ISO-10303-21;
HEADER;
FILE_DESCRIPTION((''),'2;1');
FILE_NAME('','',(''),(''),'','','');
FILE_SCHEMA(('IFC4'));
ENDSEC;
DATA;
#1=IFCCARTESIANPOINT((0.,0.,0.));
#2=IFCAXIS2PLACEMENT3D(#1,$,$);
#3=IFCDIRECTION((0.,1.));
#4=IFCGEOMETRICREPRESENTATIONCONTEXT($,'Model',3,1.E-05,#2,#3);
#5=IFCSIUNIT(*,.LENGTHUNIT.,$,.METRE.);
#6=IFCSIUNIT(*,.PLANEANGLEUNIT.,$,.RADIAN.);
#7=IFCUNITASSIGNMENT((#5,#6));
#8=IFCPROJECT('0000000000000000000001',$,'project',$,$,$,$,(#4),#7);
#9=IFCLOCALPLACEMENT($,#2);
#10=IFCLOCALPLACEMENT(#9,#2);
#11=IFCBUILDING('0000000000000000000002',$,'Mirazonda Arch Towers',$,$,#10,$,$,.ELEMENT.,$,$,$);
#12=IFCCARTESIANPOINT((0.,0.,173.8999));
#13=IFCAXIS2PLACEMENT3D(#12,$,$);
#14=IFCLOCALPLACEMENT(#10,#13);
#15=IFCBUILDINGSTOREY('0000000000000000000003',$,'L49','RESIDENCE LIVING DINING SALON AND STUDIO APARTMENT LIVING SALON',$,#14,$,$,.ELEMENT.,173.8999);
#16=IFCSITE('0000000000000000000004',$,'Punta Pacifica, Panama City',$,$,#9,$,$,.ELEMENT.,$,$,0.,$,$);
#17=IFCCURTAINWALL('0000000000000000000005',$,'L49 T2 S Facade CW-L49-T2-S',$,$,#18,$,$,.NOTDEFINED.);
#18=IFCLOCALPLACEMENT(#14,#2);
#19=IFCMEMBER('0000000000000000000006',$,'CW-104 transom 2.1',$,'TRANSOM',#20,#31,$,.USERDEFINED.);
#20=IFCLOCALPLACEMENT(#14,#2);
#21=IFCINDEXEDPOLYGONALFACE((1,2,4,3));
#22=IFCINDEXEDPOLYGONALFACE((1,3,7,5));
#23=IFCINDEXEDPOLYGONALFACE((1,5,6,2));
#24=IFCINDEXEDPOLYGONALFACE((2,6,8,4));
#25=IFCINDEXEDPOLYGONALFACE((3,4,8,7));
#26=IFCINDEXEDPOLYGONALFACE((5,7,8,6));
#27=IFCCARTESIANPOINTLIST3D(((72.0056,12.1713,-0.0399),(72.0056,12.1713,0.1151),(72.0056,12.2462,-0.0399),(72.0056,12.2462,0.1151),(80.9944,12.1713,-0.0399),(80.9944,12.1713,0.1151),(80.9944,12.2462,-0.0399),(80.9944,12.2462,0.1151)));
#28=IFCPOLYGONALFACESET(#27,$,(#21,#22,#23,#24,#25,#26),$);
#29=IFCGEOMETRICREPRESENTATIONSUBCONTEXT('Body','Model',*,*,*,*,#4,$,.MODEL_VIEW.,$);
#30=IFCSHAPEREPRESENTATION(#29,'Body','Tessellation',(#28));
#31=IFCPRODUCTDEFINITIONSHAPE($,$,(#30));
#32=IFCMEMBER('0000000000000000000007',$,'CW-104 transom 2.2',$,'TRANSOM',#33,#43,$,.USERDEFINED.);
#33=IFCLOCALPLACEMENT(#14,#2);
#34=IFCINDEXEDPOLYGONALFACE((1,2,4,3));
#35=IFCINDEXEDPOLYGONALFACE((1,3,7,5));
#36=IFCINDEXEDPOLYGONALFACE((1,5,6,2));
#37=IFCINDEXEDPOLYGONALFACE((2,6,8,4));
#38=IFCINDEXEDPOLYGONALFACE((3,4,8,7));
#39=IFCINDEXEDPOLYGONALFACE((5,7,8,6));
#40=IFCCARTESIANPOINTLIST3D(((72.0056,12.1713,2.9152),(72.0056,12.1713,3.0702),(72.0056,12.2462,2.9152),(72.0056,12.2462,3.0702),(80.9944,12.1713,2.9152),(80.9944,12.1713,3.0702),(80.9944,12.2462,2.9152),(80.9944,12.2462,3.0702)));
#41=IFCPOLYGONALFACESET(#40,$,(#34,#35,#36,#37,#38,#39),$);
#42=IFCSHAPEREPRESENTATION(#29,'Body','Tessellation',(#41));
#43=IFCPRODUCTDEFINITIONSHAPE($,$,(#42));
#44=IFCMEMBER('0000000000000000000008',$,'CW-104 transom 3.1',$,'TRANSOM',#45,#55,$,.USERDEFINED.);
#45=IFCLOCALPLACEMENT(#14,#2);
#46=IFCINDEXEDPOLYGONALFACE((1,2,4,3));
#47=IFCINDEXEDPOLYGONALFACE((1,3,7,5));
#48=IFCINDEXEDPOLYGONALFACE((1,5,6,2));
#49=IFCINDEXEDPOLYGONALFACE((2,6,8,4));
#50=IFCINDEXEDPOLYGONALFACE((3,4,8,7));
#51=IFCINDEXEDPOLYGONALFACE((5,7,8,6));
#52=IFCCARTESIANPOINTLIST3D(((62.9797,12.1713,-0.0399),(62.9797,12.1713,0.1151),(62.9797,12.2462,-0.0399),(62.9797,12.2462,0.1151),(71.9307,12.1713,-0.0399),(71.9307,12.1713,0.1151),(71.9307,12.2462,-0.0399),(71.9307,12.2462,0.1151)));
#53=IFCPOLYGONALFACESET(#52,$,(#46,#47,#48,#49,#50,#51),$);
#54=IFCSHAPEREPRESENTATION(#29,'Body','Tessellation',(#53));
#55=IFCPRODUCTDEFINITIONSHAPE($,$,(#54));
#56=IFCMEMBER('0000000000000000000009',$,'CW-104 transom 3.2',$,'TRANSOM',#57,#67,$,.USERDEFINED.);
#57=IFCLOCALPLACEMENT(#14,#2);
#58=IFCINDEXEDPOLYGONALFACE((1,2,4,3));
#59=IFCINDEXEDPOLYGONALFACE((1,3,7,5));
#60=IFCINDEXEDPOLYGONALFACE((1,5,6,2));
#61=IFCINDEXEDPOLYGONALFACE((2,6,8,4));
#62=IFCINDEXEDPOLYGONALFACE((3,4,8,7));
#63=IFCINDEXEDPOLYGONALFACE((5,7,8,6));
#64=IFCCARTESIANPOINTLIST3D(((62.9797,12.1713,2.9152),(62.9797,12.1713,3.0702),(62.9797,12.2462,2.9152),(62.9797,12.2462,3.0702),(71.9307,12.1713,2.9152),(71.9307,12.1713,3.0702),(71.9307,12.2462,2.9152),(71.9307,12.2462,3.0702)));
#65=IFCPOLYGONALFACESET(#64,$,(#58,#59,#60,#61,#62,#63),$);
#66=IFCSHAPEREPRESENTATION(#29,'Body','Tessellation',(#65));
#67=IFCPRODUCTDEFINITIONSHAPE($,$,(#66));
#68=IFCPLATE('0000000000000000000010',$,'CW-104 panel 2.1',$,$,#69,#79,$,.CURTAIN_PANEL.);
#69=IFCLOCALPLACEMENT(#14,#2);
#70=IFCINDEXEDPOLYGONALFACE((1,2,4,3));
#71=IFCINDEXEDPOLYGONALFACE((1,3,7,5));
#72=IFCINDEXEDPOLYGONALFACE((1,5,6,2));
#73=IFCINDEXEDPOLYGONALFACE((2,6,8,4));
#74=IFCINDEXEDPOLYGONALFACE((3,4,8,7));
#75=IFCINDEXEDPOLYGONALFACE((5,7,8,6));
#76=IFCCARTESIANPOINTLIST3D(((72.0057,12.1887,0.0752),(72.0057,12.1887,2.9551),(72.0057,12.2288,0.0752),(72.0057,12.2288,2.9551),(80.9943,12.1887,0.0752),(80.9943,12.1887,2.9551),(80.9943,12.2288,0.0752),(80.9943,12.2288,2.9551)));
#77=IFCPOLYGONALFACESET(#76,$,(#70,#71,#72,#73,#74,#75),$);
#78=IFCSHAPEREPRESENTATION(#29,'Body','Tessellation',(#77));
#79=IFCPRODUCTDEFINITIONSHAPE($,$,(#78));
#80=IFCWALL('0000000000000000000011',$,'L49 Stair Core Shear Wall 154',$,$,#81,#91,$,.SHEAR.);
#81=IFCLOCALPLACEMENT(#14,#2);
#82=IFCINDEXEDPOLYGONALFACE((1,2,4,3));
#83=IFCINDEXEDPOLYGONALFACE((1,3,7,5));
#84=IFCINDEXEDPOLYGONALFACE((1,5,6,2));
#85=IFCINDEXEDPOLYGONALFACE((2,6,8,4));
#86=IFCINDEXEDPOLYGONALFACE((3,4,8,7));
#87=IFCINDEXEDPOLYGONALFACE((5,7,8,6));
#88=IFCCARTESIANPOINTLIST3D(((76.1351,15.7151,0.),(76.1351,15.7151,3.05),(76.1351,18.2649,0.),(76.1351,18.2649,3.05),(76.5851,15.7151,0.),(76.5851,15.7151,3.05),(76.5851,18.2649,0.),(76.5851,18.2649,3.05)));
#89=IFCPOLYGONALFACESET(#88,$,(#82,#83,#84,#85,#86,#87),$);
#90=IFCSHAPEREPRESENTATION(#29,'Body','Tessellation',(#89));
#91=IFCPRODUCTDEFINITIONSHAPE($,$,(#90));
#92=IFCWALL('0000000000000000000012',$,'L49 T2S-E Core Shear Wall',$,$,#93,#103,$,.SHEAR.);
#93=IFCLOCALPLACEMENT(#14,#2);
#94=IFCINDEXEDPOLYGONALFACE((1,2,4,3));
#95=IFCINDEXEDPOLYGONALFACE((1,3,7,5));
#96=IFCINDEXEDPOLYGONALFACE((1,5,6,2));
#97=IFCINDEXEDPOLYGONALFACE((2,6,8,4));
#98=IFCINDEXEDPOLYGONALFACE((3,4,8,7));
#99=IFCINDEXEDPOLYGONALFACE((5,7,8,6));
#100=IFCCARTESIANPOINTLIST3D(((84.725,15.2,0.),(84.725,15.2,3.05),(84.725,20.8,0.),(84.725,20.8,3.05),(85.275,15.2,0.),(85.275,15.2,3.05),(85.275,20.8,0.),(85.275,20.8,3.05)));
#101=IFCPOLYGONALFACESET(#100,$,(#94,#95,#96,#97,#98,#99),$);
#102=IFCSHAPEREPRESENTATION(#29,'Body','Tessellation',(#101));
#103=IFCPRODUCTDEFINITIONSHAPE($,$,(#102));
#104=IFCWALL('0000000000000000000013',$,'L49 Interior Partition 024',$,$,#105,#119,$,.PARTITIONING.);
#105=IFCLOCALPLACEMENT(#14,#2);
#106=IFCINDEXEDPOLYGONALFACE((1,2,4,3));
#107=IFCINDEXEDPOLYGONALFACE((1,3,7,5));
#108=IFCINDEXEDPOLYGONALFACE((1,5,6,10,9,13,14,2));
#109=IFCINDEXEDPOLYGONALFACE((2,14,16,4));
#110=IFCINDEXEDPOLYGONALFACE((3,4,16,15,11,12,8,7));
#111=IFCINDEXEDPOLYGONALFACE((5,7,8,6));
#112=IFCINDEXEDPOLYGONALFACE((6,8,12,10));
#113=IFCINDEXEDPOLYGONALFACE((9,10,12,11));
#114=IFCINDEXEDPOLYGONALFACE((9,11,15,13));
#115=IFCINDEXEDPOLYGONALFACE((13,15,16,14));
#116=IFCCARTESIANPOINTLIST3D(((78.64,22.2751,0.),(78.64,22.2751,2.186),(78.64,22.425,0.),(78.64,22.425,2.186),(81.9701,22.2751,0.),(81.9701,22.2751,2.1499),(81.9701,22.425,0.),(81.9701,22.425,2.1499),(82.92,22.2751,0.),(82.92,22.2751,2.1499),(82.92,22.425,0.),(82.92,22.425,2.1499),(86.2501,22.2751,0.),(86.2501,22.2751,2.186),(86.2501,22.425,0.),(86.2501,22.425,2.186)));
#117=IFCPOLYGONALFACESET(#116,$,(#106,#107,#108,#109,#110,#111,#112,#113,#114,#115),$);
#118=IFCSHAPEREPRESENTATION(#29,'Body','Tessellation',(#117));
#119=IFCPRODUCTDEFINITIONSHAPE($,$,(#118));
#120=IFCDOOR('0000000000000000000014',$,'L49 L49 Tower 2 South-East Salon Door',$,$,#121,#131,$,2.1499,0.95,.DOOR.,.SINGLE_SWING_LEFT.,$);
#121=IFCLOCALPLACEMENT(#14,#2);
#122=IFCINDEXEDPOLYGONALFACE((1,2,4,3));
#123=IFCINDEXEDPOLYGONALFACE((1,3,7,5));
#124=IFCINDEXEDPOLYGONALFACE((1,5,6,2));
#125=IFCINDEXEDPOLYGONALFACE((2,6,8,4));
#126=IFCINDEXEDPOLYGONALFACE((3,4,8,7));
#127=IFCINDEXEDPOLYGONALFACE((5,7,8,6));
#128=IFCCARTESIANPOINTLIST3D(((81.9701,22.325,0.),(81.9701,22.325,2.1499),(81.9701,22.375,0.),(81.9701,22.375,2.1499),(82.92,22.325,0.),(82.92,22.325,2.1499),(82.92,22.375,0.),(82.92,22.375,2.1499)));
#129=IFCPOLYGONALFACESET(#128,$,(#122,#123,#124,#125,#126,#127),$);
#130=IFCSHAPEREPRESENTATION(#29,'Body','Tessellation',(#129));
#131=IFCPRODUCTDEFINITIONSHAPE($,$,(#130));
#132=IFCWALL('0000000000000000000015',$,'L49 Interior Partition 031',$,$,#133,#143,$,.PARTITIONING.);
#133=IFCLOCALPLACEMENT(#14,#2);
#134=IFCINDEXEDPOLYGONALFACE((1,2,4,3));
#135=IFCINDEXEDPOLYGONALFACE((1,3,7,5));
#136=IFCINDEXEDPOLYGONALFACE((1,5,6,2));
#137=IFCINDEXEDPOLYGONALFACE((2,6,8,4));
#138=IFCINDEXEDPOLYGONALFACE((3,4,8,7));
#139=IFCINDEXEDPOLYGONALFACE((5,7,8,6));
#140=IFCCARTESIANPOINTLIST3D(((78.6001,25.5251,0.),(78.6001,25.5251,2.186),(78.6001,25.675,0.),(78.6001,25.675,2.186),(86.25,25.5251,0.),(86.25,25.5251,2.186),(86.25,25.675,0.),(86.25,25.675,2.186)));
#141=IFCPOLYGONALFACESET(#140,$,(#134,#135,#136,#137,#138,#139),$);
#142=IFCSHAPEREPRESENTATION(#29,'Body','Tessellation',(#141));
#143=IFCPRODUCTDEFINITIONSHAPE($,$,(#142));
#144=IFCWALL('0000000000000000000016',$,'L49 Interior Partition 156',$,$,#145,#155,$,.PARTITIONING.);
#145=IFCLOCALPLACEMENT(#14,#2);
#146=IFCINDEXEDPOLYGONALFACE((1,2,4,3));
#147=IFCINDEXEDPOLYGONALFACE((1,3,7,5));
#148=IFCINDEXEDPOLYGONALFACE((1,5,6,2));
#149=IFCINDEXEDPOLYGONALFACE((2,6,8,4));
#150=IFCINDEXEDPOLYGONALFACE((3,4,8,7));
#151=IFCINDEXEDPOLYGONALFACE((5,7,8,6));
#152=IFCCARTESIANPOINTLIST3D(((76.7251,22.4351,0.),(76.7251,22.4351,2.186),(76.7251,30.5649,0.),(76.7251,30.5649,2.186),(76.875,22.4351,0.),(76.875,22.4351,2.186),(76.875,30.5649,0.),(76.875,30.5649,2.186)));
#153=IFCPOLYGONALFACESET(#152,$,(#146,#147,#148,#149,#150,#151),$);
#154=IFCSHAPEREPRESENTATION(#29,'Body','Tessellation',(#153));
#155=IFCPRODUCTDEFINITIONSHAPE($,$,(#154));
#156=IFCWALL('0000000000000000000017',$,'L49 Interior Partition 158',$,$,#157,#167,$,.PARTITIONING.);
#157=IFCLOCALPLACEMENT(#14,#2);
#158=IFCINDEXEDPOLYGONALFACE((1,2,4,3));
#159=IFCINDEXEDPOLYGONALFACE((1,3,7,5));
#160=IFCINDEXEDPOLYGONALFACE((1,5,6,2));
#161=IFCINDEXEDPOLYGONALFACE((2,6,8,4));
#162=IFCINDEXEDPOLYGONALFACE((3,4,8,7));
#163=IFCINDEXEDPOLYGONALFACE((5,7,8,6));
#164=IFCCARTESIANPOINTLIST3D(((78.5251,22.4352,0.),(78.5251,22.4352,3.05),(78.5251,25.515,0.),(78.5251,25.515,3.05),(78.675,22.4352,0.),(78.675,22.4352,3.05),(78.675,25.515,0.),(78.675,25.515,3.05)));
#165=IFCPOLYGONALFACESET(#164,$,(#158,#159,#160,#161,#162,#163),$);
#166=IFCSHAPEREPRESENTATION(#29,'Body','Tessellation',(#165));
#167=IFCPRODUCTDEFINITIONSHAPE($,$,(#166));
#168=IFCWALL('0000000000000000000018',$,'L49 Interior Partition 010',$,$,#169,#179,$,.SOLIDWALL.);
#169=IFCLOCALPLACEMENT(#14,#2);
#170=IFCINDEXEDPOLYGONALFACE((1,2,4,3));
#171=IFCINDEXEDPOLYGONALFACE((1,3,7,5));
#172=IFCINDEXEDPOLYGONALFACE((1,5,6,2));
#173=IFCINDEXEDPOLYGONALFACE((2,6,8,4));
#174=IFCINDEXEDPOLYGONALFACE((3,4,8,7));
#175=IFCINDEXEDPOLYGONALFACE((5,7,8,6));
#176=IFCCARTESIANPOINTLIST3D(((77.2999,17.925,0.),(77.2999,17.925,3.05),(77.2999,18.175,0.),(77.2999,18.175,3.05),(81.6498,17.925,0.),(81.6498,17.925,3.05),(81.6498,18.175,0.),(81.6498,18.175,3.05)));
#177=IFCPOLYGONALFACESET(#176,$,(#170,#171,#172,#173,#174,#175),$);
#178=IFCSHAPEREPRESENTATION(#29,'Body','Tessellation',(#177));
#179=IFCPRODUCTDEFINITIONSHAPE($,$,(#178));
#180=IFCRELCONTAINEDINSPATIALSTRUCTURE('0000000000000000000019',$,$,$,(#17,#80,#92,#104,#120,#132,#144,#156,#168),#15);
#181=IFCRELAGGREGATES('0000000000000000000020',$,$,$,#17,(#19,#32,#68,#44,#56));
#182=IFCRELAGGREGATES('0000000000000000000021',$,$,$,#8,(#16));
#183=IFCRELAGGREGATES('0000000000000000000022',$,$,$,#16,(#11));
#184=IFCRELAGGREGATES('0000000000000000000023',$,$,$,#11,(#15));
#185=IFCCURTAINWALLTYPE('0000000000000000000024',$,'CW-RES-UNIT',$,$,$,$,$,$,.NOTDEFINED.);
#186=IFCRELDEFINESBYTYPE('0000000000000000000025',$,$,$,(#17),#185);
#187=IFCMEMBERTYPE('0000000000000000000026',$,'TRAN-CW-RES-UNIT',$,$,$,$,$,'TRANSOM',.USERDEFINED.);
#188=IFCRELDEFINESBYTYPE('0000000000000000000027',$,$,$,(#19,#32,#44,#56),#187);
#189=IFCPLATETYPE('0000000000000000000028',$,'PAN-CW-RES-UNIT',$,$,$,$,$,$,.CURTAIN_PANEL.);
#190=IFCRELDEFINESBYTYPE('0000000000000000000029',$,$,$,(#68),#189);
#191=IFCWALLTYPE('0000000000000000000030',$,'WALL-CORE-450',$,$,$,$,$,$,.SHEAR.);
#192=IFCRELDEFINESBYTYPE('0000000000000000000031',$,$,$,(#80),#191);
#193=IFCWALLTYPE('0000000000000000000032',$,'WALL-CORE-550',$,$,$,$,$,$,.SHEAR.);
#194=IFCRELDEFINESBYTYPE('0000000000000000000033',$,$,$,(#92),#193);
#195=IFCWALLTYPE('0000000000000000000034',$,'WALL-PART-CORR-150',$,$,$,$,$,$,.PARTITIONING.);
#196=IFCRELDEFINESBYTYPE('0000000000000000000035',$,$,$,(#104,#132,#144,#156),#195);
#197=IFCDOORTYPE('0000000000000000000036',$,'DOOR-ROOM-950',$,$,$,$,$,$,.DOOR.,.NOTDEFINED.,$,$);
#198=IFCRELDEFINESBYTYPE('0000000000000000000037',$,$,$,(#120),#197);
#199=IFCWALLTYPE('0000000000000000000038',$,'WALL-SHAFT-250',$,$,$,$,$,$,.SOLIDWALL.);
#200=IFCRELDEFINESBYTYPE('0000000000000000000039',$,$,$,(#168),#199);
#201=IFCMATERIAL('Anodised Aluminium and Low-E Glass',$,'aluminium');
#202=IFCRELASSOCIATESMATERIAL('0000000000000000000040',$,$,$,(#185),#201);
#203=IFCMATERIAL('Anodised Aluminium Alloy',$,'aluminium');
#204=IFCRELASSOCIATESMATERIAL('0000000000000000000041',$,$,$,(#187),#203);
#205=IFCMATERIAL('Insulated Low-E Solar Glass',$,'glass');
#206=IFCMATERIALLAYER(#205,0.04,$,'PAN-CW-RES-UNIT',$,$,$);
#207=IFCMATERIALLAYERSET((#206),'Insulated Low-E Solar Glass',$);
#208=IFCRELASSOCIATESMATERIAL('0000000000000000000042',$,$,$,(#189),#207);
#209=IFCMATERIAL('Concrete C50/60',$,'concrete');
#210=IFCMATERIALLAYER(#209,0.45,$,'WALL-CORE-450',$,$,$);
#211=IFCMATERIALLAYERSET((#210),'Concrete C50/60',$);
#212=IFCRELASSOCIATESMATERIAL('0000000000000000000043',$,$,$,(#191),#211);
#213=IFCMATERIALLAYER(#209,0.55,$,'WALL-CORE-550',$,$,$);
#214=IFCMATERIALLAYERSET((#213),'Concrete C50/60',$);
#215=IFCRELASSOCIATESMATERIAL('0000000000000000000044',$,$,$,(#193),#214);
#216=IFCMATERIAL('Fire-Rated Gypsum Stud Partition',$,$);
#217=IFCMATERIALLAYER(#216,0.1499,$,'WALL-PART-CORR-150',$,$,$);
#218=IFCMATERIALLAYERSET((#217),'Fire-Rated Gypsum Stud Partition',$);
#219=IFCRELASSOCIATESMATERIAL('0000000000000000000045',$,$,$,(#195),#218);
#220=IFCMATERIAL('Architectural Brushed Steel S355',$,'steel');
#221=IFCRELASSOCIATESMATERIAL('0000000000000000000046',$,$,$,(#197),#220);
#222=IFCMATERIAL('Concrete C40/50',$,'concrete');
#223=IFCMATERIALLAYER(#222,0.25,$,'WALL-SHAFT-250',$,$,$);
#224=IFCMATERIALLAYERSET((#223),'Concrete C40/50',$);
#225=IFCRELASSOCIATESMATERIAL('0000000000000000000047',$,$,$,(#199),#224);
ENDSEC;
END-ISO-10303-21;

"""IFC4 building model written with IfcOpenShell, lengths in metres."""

from ifc_helpers import new_model, si_unit, direction, frame, frame_2d, origin, origin_2d, place, context, subcontext, project, spatial, rectangle, extrude, material, layer, layer_set, material_profile, profile_set, type_object, element, fill, aggregate, save


model = new_model("IFC4")

# Units and contexts
model_context = context("Model", 3, precision=1e-05, world=origin(), true_north=direction((0.0, 1.0)))
body_context = subcontext(model_context, "Body", "Model", "MODEL_VIEW")
ifc_project = project(units=[si_unit("LENGTHUNIT", "METRE"), si_unit("PLANEANGLEUNIT", "RADIAN")], contexts=[model_context])

# Site, building, storey
site_placement = place(None, origin())
site = spatial("IfcSite", under=ifc_project, at=site_placement, Name="Punta Pacifica, Panama City", CompositionType="ELEMENT", RefElevation=0.0)
building_placement = place(site_placement, origin())
building = spatial("IfcBuilding", under=site, at=building_placement, Name="Mirazonda Arch Towers", CompositionType="ELEMENT")
storey_placement = place(building_placement, frame((0.0, 0.0, 173.8999)))
storey = spatial("IfcBuildingStorey", under=building, at=storey_placement, Name="L49", Description="RESIDENCE LIVING DINING SALON AND STUDIO APARTMENT LIVING SALON", CompositionType="ELEMENT", Elevation=173.8999)

# Shared definitions
ifc_material_1 = material(Name="Concrete C50/60", Category="concrete")

# Curtain wall, members, plate
ifc_material_2 = material(Name="Anodised Aluminium and Low-E Glass", Category="aluminium")
curtain_wall_type = type_object("IfcCurtainWallType", Name="CW-RES-UNIT", PredefinedType="NOTDEFINED", material=ifc_material_2)
curtain_wall_placement = place(storey_placement, origin())
curtain_wall = element("IfcCurtainWall", 1, at=curtain_wall_placement, inside=storey, type_object=curtain_wall_type, Name="L49 T2 S Facade CW-L49-T2-S", PredefinedType="NOTDEFINED")
ifc_material_3 = material(Name="Anodised Aluminium Alloy", Category="aluminium")
ifc_material_profile_1 = material_profile(ifc_material_3, rectangle(XDim=0.075, YDim=0.155, at=origin_2d()), Name="ALU-TRAN-75x155")
ifc_profile_set_1 = profile_set([ifc_material_profile_1], Name="Anodised Aluminium Alloy")
member_type_1 = type_object("IfcMemberType", Name="TRAN-CW-RES-UNIT", ElementType="TRANSOM", PredefinedType="USERDEFINED", material=ifc_profile_set_1)
member_1_placement = place(storey_placement, frame((80.9944, 12.2087, 0.0376), z_axis=(-1.0, 0.0, 0.0), x_axis=(0.0, -1.0, 0.0)))
member_1 = element("IfcMember", 2, at=member_1_placement, type_object=member_type_1, Name="CW-104 transom 2.1", ObjectType="TRANSOM", PredefinedType="USERDEFINED", context=body_context, shape_type="SweptSolid", body=[
    extrude(rectangle(XDim=0.075, YDim=0.155, at=origin_2d()), origin(), (0.0, 0.0, 1.0), 8.9888),
])
member_2_placement = place(storey_placement, frame((80.9944, 12.2087, 2.9927), z_axis=(-1.0, 0.0, 0.0), x_axis=(0.0, -1.0, 0.0)))
member_2 = element("IfcMember", 3, at=member_2_placement, type_object=member_type_1, Name="CW-104 transom 2.2", ObjectType="TRANSOM", PredefinedType="USERDEFINED", context=body_context, shape_type="SweptSolid", body=[
    extrude(rectangle(XDim=0.075, YDim=0.155, at=origin_2d()), origin(), (0.0, 0.0, 1.0), 8.9888),
])
member_3_placement = place(storey_placement, frame((71.9307, 12.2087, 0.0376), z_axis=(-1.0, 0.0, 0.0), x_axis=(0.0, -1.0, 0.0)))
member_3 = element("IfcMember", 4, at=member_3_placement, type_object=member_type_1, Name="CW-104 transom 3.1", ObjectType="TRANSOM", PredefinedType="USERDEFINED", context=body_context, shape_type="SweptSolid", body=[
    extrude(rectangle(XDim=0.075, YDim=0.155, at=origin_2d()), origin(), (0.0, 0.0, 1.0), 8.9509),
])
member_4_placement = place(storey_placement, frame((71.9307, 12.2087, 2.9927), z_axis=(-1.0, 0.0, 0.0), x_axis=(0.0, -1.0, 0.0)))
member_4 = element("IfcMember", 5, at=member_4_placement, type_object=member_type_1, Name="CW-104 transom 3.2", ObjectType="TRANSOM", PredefinedType="USERDEFINED", context=body_context, shape_type="SweptSolid", body=[
    extrude(rectangle(XDim=0.075, YDim=0.155, at=origin_2d()), origin(), (0.0, 0.0, 1.0), 8.9509),
])
ifc_material_4 = material(Name="Insulated Low-E Solar Glass", Category="glass")
ifc_layer_1 = layer(ifc_material_4, 0.04, Name="PAN-CW-RES-UNIT")
ifc_layer_set_1 = layer_set([ifc_layer_1], Name="Insulated Low-E Solar Glass")
plate_type = type_object("IfcPlateType", Name="PAN-CW-RES-UNIT", PredefinedType="CURTAIN_PANEL", material=ifc_layer_set_1)
plate_placement = place(storey_placement, frame((76.5, 12.2087, 0.0752), z_axis=(0.0, 0.0, 1.0), x_axis=(-1.0, 0.0, 0.0)))
plate = element("IfcPlate", 6, at=plate_placement, type_object=plate_type, Name="CW-104 panel 2.1", PredefinedType="CURTAIN_PANEL", context=body_context, shape_type="SweptSolid", body=[
    extrude(rectangle(XDim=8.9885, YDim=0.04, at=origin_2d()), origin(), (0.0, 0.0, 1.0), 2.8799),
])
aggregate(curtain_wall, [member_1, member_2, plate, member_3, member_4])

# Walls
ifc_layer_2 = layer(ifc_material_1, 0.45, Name="WALL-CORE-450")
ifc_layer_set_2 = layer_set([ifc_layer_2], Name="Concrete C50/60")
wall_type_1 = type_object("IfcWallType", Name="WALL-CORE-450", PredefinedType="SHEAR", material=ifc_layer_set_2)
wall_1_placement = place(storey_placement, frame((76.3601, 15.7151, 0.0), z_axis=(0.0, 0.0, 1.0), x_axis=(0.0, 1.0, 0.0)))
element("IfcWall", 7, at=wall_1_placement, inside=storey, type_object=wall_type_1, Name="L49 Stair Core Shear Wall 154", PredefinedType="SHEAR", context=body_context, shape_type="SweptSolid", body=[
    extrude(rectangle(XDim=2.5498, YDim=0.45, at=frame_2d((1.2749, 0.0))), origin(), (0.0, 0.0, 1.0), 3.05),
])
ifc_layer_3 = layer(ifc_material_1, 0.55, Name="WALL-CORE-550")
ifc_layer_set_3 = layer_set([ifc_layer_3], Name="Concrete C50/60")
wall_type_2 = type_object("IfcWallType", Name="WALL-CORE-550", PredefinedType="SHEAR", material=ifc_layer_set_3)
wall_2_placement = place(storey_placement, frame((85.0, 15.2, 0.0), z_axis=(0.0, 0.0, 1.0), x_axis=(0.0, 1.0, 0.0)))
element("IfcWall", 8, at=wall_2_placement, inside=storey, type_object=wall_type_2, Name="L49 T2S-E Core Shear Wall", PredefinedType="SHEAR", context=body_context, shape_type="SweptSolid", body=[
    extrude(rectangle(XDim=5.6001, YDim=0.55, at=frame_2d((2.8, 0.0))), origin(), (0.0, 0.0, 1.0), 3.05),
])

# Wall, opening, door
ifc_material_5 = material(Name="Fire-Rated Gypsum Stud Partition")
ifc_layer_4 = layer(ifc_material_5, 0.1499, Name="WALL-PART-CORR-150")
ifc_layer_set_4 = layer_set([ifc_layer_4], Name="Fire-Rated Gypsum Stud Partition")
wall_type_3 = type_object("IfcWallType", Name="WALL-PART-CORR-150", PredefinedType="PARTITIONING", material=ifc_layer_set_4)
wall_3_placement = place(storey_placement, frame((78.6399, 22.3501, 0.0), z_axis=(0.0, 0.0, 1.0), x_axis=(1.0, 0.0, 0.0)))
wall_3 = element("IfcWall", 9, at=wall_3_placement, inside=storey, type_object=wall_type_3, Name="L49 Interior Partition 024", PredefinedType="PARTITIONING", context=body_context, shape_type="SweptSolid", body=[
    extrude(rectangle(XDim=7.6101, YDim=0.1499, at=frame_2d((3.8052, 0.0))), origin(), (0.0, 0.0, 1.0), 2.186),
])
opening_placement = place(wall_3_placement, frame((3.3301, 0.0, 0.0)))
opening = element("IfcOpeningElement", 10, at=opening_placement, cuts=wall_3, PredefinedType="OPENING", context=body_context, shape_type="SweptSolid", body=[
    extrude(rectangle(XDim=0.95, YDim=2.1499, at=frame_2d((0.4751, 1.075))), frame((0.0, 0.085, 0.0), z_axis=(0.0, -1.0, 0.0), x_axis=(1.0, 0.0, 0.0)), (0.0, 0.0, 1.0), 0.1699),
])
ifc_material_6 = material(Name="Architectural Brushed Steel S355", Category="steel")
door_type = type_object("IfcDoorType", Name="DOOR-ROOM-950", OperationType="NOTDEFINED", PredefinedType="DOOR", material=ifc_material_6)
door_placement = place(opening_placement, origin())
door = element("IfcDoor", 11, at=door_placement, inside=storey, type_object=door_type, Name="L49 L49 Tower 2 South-East Salon Door", OperationType="SINGLE_SWING_LEFT", OverallHeight=2.1499, OverallWidth=0.95, PredefinedType="DOOR", context=body_context, shape_type="SweptSolid", body=[
    extrude(rectangle(XDim=0.95, YDim=2.1499, at=frame_2d((0.4751, 1.075))), frame((0.0, 0.0249, 0.0), z_axis=(0.0, -1.0, 0.0), x_axis=(1.0, 0.0, 0.0)), (0.0, 0.0, 1.0), 0.05),
])
fill(opening, door)

# Walls
wall_4_placement = place(storey_placement, frame((78.6001, 25.6001, 0.0), z_axis=(0.0, 0.0, 1.0), x_axis=(1.0, 0.0, 0.0)))
element("IfcWall", 12, at=wall_4_placement, inside=storey, type_object=wall_type_3, Name="L49 Interior Partition 031", PredefinedType="PARTITIONING", context=body_context, shape_type="SweptSolid", body=[
    extrude(rectangle(XDim=7.6499, YDim=0.1499, at=frame_2d((3.825, 0.0))), origin(), (0.0, 0.0, 1.0), 2.186),
])
wall_5_placement = place(storey_placement, frame((76.8, 22.4351, 0.0), z_axis=(0.0, 0.0, 1.0), x_axis=(0.0, 1.0, 0.0)))
element("IfcWall", 13, at=wall_5_placement, inside=storey, type_object=wall_type_3, Name="L49 Interior Partition 156", PredefinedType="PARTITIONING", context=body_context, shape_type="SweptSolid", body=[
    extrude(rectangle(XDim=8.1299, YDim=0.1499, at=frame_2d((4.0649, 0.0))), origin(), (0.0, 0.0, 1.0), 2.186),
])
wall_6_placement = place(storey_placement, frame((78.6001, 22.4351, 0.0), z_axis=(0.0, 0.0, 1.0), x_axis=(0.0, 1.0, 0.0)))
element("IfcWall", 14, at=wall_6_placement, inside=storey, type_object=wall_type_3, Name="L49 Interior Partition 158", PredefinedType="PARTITIONING", context=body_context, shape_type="SweptSolid", body=[
    extrude(rectangle(XDim=3.0798, YDim=0.1499, at=frame_2d((1.54, 0.0))), origin(), (0.0, 0.0, 1.0), 3.05),
])
ifc_material_7 = material(Name="Concrete C40/50", Category="concrete")
ifc_layer_5 = layer(ifc_material_7, 0.25, Name="WALL-SHAFT-250")
ifc_layer_set_5 = layer_set([ifc_layer_5], Name="Concrete C40/50")
wall_type_4 = type_object("IfcWallType", Name="WALL-SHAFT-250", PredefinedType="SOLIDWALL", material=ifc_layer_set_5)
wall_7_placement = place(storey_placement, frame((77.3, 18.05, 0.0), z_axis=(0.0, 0.0, 1.0), x_axis=(1.0, 0.0, 0.0)))
element("IfcWall", 15, at=wall_7_placement, inside=storey, type_object=wall_type_4, Name="L49 Interior Partition 010", PredefinedType="SOLIDWALL", context=body_context, shape_type="SweptSolid", body=[
    extrude(rectangle(XDim=4.3499, YDim=0.25, at=frame_2d((2.1748, 0.0))), origin(), (0.0, 0.0, 1.0), 3.05),
])

save(model, "model.ifc")
